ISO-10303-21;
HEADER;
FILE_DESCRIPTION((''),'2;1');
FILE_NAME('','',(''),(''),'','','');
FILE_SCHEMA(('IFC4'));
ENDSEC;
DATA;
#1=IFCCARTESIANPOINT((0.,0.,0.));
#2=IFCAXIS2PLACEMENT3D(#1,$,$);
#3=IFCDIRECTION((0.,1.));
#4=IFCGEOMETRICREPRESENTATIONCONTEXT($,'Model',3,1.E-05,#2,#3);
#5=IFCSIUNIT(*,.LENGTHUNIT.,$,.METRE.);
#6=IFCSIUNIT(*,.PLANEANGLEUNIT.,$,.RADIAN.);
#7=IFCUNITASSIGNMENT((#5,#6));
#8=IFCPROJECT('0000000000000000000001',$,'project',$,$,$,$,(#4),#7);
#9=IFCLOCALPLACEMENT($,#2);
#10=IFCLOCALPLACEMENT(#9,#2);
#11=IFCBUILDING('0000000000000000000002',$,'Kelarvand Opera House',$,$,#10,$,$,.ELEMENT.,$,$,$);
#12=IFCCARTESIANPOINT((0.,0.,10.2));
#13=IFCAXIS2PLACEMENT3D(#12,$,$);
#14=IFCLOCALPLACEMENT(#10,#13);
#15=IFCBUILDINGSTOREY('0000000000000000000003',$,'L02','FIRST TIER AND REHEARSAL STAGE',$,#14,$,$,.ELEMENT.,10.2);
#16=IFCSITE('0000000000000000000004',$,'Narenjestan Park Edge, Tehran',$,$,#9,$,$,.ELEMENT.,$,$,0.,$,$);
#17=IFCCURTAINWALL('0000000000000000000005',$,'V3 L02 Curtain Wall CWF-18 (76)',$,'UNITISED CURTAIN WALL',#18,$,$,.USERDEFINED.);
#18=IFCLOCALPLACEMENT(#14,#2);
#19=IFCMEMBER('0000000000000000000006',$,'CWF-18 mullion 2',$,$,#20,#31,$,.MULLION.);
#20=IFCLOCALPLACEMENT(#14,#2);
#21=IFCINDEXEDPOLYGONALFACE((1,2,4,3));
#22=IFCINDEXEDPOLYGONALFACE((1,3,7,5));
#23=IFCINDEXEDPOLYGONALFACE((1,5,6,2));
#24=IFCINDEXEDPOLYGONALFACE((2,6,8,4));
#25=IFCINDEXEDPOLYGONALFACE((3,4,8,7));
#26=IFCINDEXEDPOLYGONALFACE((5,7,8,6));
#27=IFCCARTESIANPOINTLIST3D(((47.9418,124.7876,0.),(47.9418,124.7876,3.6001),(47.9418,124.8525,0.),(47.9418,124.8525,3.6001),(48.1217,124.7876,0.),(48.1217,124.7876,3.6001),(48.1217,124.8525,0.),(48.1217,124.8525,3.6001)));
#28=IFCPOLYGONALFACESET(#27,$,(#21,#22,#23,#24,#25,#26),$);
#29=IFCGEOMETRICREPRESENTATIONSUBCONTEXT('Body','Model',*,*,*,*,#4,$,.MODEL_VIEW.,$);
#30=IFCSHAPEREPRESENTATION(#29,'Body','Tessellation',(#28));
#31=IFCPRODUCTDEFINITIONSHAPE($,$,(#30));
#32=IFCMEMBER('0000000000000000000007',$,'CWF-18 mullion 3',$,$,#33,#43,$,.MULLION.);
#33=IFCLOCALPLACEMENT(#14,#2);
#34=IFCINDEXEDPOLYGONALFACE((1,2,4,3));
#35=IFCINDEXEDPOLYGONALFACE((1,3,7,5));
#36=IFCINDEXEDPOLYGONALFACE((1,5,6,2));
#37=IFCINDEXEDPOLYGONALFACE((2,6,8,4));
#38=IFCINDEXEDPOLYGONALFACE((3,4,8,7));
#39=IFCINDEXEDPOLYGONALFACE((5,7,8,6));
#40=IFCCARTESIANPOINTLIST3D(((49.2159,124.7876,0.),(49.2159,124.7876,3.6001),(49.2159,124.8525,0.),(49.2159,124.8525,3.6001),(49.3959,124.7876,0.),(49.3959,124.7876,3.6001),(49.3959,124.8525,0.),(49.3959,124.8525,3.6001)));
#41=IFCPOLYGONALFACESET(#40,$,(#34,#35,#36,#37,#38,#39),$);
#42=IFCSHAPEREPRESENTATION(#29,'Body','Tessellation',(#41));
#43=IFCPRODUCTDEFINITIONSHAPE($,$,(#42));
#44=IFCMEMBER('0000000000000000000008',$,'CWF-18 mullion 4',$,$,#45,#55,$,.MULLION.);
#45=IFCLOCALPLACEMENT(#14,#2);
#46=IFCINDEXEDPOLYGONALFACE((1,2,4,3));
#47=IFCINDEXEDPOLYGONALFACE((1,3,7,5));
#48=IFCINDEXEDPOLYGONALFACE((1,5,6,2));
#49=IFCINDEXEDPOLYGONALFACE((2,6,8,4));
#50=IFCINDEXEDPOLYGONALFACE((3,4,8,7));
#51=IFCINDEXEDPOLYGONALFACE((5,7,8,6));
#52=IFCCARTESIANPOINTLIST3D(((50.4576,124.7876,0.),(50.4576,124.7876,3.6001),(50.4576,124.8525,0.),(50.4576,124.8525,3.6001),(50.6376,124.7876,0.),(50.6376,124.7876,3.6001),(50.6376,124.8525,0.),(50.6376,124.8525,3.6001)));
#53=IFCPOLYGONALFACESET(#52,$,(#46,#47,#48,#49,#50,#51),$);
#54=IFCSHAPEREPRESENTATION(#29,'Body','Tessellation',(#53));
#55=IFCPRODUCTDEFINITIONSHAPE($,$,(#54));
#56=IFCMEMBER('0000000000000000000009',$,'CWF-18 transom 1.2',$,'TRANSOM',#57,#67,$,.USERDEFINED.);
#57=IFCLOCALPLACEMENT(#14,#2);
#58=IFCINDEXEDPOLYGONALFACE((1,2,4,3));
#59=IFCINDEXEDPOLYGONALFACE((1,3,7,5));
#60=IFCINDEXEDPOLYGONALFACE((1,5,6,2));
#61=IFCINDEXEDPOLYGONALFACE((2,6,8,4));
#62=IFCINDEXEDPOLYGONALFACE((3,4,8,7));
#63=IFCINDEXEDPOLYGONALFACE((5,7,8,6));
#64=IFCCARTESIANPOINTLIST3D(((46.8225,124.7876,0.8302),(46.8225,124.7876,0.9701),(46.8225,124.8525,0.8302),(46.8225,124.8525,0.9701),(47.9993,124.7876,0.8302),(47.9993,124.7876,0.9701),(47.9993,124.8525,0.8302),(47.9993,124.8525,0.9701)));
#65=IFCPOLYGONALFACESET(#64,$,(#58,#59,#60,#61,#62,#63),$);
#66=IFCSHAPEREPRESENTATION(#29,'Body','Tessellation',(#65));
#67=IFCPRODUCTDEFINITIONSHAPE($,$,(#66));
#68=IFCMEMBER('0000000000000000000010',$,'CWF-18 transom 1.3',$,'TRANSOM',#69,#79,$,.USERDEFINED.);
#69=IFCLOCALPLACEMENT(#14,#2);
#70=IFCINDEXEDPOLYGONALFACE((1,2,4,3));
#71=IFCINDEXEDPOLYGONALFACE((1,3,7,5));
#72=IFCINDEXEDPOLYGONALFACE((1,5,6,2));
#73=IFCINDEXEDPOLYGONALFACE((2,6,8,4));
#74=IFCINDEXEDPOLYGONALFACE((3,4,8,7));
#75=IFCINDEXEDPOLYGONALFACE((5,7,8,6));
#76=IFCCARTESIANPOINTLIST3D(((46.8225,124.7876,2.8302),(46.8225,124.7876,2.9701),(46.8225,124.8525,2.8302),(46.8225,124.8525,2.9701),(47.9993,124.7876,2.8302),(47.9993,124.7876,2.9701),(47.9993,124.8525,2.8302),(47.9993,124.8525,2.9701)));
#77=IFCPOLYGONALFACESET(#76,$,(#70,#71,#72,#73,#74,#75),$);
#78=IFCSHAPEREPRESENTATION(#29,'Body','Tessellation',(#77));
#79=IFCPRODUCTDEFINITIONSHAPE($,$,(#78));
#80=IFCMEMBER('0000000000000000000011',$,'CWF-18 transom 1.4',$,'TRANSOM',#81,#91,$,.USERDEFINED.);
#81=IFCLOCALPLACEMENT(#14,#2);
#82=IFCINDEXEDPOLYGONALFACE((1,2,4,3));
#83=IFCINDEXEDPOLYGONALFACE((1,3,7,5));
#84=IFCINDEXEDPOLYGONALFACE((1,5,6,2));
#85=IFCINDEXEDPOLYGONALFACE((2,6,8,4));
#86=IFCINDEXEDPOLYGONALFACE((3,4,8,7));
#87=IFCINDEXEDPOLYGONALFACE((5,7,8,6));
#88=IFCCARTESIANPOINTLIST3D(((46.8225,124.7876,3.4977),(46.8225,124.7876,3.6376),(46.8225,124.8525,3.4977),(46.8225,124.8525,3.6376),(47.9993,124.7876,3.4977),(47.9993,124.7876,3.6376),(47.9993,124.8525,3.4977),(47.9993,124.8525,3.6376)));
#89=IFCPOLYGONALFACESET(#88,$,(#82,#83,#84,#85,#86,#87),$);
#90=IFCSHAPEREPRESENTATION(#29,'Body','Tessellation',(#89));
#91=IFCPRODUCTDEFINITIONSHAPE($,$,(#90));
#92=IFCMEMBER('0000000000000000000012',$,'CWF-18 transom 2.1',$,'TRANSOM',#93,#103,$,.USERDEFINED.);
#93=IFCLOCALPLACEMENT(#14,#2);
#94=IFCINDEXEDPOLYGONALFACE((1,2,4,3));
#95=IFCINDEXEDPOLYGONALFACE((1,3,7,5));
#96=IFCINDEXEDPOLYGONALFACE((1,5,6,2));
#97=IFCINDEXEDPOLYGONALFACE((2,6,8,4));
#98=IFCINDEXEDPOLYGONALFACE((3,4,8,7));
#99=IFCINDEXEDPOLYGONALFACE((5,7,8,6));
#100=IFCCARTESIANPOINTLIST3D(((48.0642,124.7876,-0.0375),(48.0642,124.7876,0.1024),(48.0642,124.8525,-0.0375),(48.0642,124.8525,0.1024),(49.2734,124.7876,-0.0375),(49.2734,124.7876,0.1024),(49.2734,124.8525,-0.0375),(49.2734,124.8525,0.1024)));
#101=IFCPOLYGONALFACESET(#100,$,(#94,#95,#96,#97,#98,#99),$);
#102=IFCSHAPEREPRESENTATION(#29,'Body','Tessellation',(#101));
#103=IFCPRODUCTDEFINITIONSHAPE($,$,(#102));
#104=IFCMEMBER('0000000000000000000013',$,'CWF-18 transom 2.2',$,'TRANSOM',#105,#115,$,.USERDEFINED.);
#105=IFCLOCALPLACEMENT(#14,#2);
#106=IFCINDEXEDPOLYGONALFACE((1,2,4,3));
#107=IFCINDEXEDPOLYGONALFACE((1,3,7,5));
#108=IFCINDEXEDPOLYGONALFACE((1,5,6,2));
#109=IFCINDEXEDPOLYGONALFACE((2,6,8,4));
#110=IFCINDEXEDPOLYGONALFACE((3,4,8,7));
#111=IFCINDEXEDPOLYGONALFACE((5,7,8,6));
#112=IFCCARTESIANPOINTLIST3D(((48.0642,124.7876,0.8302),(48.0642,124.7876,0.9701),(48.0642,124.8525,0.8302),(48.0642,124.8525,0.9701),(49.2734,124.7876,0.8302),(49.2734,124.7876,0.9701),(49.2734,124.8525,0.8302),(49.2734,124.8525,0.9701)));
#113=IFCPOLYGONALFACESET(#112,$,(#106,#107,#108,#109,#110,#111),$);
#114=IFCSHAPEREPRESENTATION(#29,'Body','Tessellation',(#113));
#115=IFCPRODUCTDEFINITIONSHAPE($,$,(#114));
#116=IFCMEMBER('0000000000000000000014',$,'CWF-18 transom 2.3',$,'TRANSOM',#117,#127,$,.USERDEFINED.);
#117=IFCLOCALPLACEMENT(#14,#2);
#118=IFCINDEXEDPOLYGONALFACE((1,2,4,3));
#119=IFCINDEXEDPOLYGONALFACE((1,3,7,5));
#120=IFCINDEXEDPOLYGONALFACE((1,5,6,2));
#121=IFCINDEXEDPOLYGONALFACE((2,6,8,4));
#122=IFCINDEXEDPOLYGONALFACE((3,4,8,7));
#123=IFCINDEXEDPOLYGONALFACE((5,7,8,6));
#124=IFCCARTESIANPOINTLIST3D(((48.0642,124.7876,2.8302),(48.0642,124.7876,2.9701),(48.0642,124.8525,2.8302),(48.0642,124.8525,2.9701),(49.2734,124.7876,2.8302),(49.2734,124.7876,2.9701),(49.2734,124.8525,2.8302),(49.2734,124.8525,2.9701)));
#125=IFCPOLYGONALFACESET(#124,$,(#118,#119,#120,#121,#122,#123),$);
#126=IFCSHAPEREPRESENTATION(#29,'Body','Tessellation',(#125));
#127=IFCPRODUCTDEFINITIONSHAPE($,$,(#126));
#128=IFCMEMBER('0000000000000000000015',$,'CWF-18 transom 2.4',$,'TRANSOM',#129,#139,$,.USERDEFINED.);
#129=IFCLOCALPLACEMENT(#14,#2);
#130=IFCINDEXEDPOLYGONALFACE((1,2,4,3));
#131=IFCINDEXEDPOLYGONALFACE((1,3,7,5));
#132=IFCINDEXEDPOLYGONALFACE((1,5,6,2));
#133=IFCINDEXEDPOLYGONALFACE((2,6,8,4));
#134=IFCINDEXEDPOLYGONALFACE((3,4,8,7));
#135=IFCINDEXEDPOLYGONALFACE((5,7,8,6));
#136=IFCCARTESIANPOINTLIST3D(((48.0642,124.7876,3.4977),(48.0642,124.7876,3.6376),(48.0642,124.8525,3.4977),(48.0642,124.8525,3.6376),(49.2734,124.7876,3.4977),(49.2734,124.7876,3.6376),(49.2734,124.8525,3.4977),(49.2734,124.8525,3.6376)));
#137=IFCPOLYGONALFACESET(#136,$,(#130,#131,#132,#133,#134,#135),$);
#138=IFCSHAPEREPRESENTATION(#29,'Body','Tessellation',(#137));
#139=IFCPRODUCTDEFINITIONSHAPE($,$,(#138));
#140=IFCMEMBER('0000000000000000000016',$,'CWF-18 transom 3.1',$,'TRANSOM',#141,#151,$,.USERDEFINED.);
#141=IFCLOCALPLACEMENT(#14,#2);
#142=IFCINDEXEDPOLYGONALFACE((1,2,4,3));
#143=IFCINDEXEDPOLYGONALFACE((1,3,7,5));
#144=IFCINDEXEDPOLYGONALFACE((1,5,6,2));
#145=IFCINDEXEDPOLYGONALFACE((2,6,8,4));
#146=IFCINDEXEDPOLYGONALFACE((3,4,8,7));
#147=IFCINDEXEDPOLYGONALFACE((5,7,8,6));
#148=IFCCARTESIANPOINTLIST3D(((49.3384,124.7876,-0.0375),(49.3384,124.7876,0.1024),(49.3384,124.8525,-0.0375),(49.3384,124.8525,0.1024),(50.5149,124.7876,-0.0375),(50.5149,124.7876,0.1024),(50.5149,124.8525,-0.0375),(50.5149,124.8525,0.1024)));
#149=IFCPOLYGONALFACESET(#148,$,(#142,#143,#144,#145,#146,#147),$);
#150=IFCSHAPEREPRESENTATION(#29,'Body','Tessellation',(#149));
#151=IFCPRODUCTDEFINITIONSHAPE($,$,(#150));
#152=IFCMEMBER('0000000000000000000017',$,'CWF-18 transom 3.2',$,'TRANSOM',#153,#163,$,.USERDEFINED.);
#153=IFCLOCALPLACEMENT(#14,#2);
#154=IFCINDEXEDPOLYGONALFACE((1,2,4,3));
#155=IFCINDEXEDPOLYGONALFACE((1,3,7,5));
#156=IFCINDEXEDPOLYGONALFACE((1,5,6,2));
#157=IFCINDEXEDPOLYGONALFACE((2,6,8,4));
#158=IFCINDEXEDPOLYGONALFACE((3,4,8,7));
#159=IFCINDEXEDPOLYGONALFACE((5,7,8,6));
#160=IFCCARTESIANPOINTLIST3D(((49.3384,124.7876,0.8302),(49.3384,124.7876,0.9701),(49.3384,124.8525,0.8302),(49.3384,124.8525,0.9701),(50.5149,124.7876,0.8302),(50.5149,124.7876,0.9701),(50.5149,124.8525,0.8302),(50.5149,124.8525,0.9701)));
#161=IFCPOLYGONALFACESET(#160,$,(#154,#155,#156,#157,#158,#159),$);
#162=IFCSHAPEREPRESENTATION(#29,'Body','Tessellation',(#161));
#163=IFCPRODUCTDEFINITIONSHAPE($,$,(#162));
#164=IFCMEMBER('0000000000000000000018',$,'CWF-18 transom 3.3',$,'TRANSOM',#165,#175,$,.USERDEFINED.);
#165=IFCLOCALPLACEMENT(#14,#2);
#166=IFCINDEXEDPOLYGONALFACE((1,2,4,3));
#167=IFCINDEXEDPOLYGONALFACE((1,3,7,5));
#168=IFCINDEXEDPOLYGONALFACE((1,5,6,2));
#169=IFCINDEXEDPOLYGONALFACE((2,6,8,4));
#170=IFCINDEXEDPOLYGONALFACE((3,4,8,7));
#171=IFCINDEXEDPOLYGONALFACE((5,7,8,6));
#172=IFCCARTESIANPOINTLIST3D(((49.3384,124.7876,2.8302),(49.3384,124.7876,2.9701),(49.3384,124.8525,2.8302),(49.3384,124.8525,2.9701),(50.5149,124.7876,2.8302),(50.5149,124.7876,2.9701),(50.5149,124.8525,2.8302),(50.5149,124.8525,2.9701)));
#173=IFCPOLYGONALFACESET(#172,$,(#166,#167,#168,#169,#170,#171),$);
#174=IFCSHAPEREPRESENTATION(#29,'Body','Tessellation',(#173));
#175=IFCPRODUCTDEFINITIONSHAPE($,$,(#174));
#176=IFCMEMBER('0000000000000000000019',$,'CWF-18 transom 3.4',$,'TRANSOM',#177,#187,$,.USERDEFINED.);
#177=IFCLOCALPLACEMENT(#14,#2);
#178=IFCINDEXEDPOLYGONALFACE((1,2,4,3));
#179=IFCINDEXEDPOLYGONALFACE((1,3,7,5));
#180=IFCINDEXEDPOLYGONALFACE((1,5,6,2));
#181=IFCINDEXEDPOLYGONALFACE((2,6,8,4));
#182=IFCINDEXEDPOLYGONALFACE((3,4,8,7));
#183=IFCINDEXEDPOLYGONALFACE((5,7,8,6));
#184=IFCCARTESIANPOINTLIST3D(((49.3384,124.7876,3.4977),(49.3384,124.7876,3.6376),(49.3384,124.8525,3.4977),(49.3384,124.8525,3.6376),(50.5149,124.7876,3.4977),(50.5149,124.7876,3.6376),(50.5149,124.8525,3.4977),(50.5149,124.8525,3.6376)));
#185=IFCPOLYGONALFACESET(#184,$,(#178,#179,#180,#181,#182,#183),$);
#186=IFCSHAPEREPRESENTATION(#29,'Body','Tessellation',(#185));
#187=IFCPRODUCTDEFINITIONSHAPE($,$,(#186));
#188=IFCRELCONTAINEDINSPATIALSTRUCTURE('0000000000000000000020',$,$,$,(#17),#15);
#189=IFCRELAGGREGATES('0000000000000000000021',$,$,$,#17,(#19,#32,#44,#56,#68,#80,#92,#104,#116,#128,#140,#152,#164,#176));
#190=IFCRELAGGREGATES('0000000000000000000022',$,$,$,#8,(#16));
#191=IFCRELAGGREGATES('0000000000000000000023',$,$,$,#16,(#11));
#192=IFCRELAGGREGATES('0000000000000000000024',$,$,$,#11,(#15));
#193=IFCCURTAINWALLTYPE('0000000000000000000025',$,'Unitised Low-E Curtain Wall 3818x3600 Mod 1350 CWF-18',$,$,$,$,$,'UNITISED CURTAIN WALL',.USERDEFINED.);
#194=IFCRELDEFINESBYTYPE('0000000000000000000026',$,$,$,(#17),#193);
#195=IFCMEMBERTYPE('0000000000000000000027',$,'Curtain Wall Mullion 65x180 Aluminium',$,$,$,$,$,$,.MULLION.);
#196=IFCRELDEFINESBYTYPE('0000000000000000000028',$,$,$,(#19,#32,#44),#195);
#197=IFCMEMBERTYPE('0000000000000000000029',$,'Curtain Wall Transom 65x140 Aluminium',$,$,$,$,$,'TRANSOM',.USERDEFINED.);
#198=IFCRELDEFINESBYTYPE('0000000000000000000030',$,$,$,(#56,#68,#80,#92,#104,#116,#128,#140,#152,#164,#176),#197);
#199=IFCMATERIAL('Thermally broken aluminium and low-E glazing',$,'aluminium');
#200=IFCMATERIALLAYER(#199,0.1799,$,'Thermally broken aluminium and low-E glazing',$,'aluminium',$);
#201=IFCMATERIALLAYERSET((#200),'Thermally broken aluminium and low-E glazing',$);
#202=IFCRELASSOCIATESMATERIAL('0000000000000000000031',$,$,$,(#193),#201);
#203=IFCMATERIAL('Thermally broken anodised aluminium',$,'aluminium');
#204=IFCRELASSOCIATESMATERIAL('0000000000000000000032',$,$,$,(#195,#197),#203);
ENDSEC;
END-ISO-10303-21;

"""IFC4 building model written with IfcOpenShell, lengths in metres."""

from ifc_helpers import new_model, si_unit, direction, frame, origin, origin_2d, place, context, subcontext, project, spatial, rectangle, extrude, material, layer, layer_set, material_profile, profile_set, type_object, element, aggregate, save


model = new_model("IFC4")

# Units and contexts
model_context = context("Model", 3, precision=1e-05, world=origin(), true_north=direction((0.0, 1.0)))
body_context = subcontext(model_context, "Body", "Model", "MODEL_VIEW")
ifc_project = project(units=[si_unit("LENGTHUNIT", "METRE"), si_unit("PLANEANGLEUNIT", "RADIAN")], contexts=[model_context])

# Site, building, storey
site_placement = place(None, origin())
site = spatial("IfcSite", under=ifc_project, at=site_placement, Name="Narenjestan Park Edge, Tehran", CompositionType="ELEMENT", RefElevation=0.0)
building_placement = place(site_placement, origin())
building = spatial("IfcBuilding", under=site, at=building_placement, Name="Kelarvand Opera House", CompositionType="ELEMENT")
storey_placement = place(building_placement, frame((0.0, 0.0, 10.2)))
storey = spatial("IfcBuildingStorey", under=building, at=storey_placement, Name="L02", Description="FIRST TIER AND REHEARSAL STAGE", CompositionType="ELEMENT", Elevation=10.2)

# Curtain wall, members
ifc_material_1 = material(Name="Thermally broken aluminium and low-E glazing", Category="aluminium")
ifc_layer_1 = layer(ifc_material_1, 0.1799, Name="Thermally broken aluminium and low-E glazing", Category="aluminium")
ifc_layer_set_1 = layer_set([ifc_layer_1], Name="Thermally broken aluminium and low-E glazing")
curtain_wall_type = type_object("IfcCurtainWallType", Name="Unitised Low-E Curtain Wall 3818x3600 Mod 1350 CWF-18", ElementType="UNITISED CURTAIN WALL", PredefinedType="USERDEFINED", material=ifc_layer_set_1)
curtain_wall_placement = place(storey_placement, origin())
curtain_wall = element("IfcCurtainWall", 1, at=curtain_wall_placement, inside=storey, type_object=curtain_wall_type, Name="V3 L02 Curtain Wall CWF-18 (76)", ObjectType="UNITISED CURTAIN WALL", PredefinedType="USERDEFINED")
ifc_material_2 = material(Name="Thermally broken anodised aluminium", Category="aluminium")
ifc_material_profile_1 = material_profile(ifc_material_2, rectangle(XDim=0.0649, YDim=0.1799, at=origin_2d()), Name="ALU MULLION 65x180", Category="aluminium")
ifc_profile_set_1 = profile_set([ifc_material_profile_1], Name="Thermally broken anodised aluminium")
member_type_1 = type_object("IfcMemberType", Name="Curtain Wall Mullion 65x180 Aluminium", PredefinedType="MULLION", material=ifc_profile_set_1)
member_1_placement = place(storey_placement, frame((48.0317, 124.8201, 0.0), z_axis=(0.0, 0.0, 1.0), x_axis=(0.0, 1.0, 0.0)))
member_1 = element("IfcMember", 2, at=member_1_placement, type_object=member_type_1, Name="CWF-18 mullion 2", PredefinedType="MULLION", context=body_context, shape_type="SweptSolid", body=[
    extrude(rectangle(XDim=0.0649, YDim=0.1799, at=origin_2d()), origin(), (0.0, 0.0, 1.0), 3.6001),
])
member_2_placement = place(storey_placement, frame((49.3059, 124.8201, 0.0), z_axis=(0.0, 0.0, 1.0), x_axis=(0.0, 1.0, 0.0)))
member_2 = element("IfcMember", 3, at=member_2_placement, type_object=member_type_1, Name="CWF-18 mullion 3", PredefinedType="MULLION", context=body_context, shape_type="SweptSolid", body=[
    extrude(rectangle(XDim=0.0649, YDim=0.1799, at=origin_2d()), origin(), (0.0, 0.0, 1.0), 3.6001),
])
member_3_placement = place(storey_placement, frame((50.5476, 124.8201, 0.0), z_axis=(0.0, 0.0, 1.0), x_axis=(0.0, 1.0, 0.0)))
member_3 = element("IfcMember", 4, at=member_3_placement, type_object=member_type_1, Name="CWF-18 mullion 4", PredefinedType="MULLION", context=body_context, shape_type="SweptSolid", body=[
    extrude(rectangle(XDim=0.0649, YDim=0.1799, at=origin_2d()), origin(), (0.0, 0.0, 1.0), 3.6001),
])
ifc_material_profile_2 = material_profile(ifc_material_2, rectangle(XDim=0.0649, YDim=0.1399, at=origin_2d()), Name="ALU TRANSOM 65x140", Category="aluminium")
ifc_profile_set_2 = profile_set([ifc_material_profile_2], Name="Thermally broken anodised aluminium")
member_type_2 = type_object("IfcMemberType", Name="Curtain Wall Transom 65x140 Aluminium", ElementType="TRANSOM", PredefinedType="USERDEFINED", material=ifc_profile_set_2)
member_4_placement = place(storey_placement, frame((46.8225, 124.8201, 0.9001), z_axis=(1.0, 0.0, 0.0), x_axis=(0.0, 1.0, 0.0)))
member_4 = element("IfcMember", 5, at=member_4_placement, type_object=member_type_2, Name="CWF-18 transom 1.2", ObjectType="TRANSOM", PredefinedType="USERDEFINED", context=body_context, shape_type="SweptSolid", body=[
    extrude(rectangle(XDim=0.0649, YDim=0.1399, at=origin_2d()), origin(), (0.0, 0.0, 1.0), 1.1768),
])
member_5_placement = place(storey_placement, frame((46.8225, 124.8201, 2.9001), z_axis=(1.0, 0.0, 0.0), x_axis=(0.0, 1.0, 0.0)))
member_5 = element("IfcMember", 6, at=member_5_placement, type_object=member_type_2, Name="CWF-18 transom 1.3", ObjectType="TRANSOM", PredefinedType="USERDEFINED", context=body_context, shape_type="SweptSolid", body=[
    extrude(rectangle(XDim=0.0649, YDim=0.1399, at=origin_2d()), origin(), (0.0, 0.0, 1.0), 1.1768),
])
member_6_placement = place(storey_placement, frame((46.8225, 124.8201, 3.5676), z_axis=(1.0, 0.0, 0.0), x_axis=(0.0, 1.0, 0.0)))
member_6 = element("IfcMember", 7, at=member_6_placement, type_object=member_type_2, Name="CWF-18 transom 1.4", ObjectType="TRANSOM", PredefinedType="USERDEFINED", context=body_context, shape_type="SweptSolid", body=[
    extrude(rectangle(XDim=0.0649, YDim=0.1399, at=origin_2d()), origin(), (0.0, 0.0, 1.0), 1.1768),
])
member_7_placement = place(storey_placement, frame((48.0642, 124.8201, 0.0325), z_axis=(1.0, 0.0, 0.0), x_axis=(0.0, 1.0, 0.0)))
member_7 = element("IfcMember", 8, at=member_7_placement, type_object=member_type_2, Name="CWF-18 transom 2.1", ObjectType="TRANSOM", PredefinedType="USERDEFINED", context=body_context, shape_type="SweptSolid", body=[
    extrude(rectangle(XDim=0.0649, YDim=0.1399, at=origin_2d()), origin(), (0.0, 0.0, 1.0), 1.2092),
])
member_8_placement = place(storey_placement, frame((48.0642, 124.8201, 0.9001), z_axis=(1.0, 0.0, 0.0), x_axis=(0.0, 1.0, 0.0)))
member_8 = element("IfcMember", 9, at=member_8_placement, type_object=member_type_2, Name="CWF-18 transom 2.2", ObjectType="TRANSOM", PredefinedType="USERDEFINED", context=body_context, shape_type="SweptSolid", body=[
    extrude(rectangle(XDim=0.0649, YDim=0.1399, at=origin_2d()), origin(), (0.0, 0.0, 1.0), 1.2092),
])
member_9_placement = place(storey_placement, frame((48.0642, 124.8201, 2.9001), z_axis=(1.0, 0.0, 0.0), x_axis=(0.0, 1.0, 0.0)))
member_9 = element("IfcMember", 10, at=member_9_placement, type_object=member_type_2, Name="CWF-18 transom 2.3", ObjectType="TRANSOM", PredefinedType="USERDEFINED", context=body_context, shape_type="SweptSolid", body=[
    extrude(rectangle(XDim=0.0649, YDim=0.1399, at=origin_2d()), origin(), (0.0, 0.0, 1.0), 1.2092),
])
member_10_placement = place(storey_placement, frame((48.0642, 124.8201, 3.5676), z_axis=(1.0, 0.0, 0.0), x_axis=(0.0, 1.0, 0.0)))
member_10 = element("IfcMember", 11, at=member_10_placement, type_object=member_type_2, Name="CWF-18 transom 2.4", ObjectType="TRANSOM", PredefinedType="USERDEFINED", context=body_context, shape_type="SweptSolid", body=[
    extrude(rectangle(XDim=0.0649, YDim=0.1399, at=origin_2d()), origin(), (0.0, 0.0, 1.0), 1.2092),
])
member_11_placement = place(storey_placement, frame((49.3384, 124.8201, 0.0325), z_axis=(1.0, 0.0, 0.0), x_axis=(0.0, 1.0, 0.0)))
member_11 = element("IfcMember", 12, at=member_11_placement, type_object=member_type_2, Name="CWF-18 transom 3.1", ObjectType="TRANSOM", PredefinedType="USERDEFINED", context=body_context, shape_type="SweptSolid", body=[
    extrude(rectangle(XDim=0.0649, YDim=0.1399, at=origin_2d()), origin(), (0.0, 0.0, 1.0), 1.1765),
])
member_12_placement = place(storey_placement, frame((49.3384, 124.8201, 0.9001), z_axis=(1.0, 0.0, 0.0), x_axis=(0.0, 1.0, 0.0)))
member_12 = element("IfcMember", 13, at=member_12_placement, type_object=member_type_2, Name="CWF-18 transom 3.2", ObjectType="TRANSOM", PredefinedType="USERDEFINED", context=body_context, shape_type="SweptSolid", body=[
    extrude(rectangle(XDim=0.0649, YDim=0.1399, at=origin_2d()), origin(), (0.0, 0.0, 1.0), 1.1765),
])
member_13_placement = place(storey_placement, frame((49.3384, 124.8201, 2.9001), z_axis=(1.0, 0.0, 0.0), x_axis=(0.0, 1.0, 0.0)))
member_13 = element("IfcMember", 14, at=member_13_placement, type_object=member_type_2, Name="CWF-18 transom 3.3", ObjectType="TRANSOM", PredefinedType="USERDEFINED", context=body_context, shape_type="SweptSolid", body=[
    extrude(rectangle(XDim=0.0649, YDim=0.1399, at=origin_2d()), origin(), (0.0, 0.0, 1.0), 1.1765),
])
member_14_placement = place(storey_placement, frame((49.3384, 124.8201, 3.5676), z_axis=(1.0, 0.0, 0.0), x_axis=(0.0, 1.0, 0.0)))
member_14 = element("IfcMember", 15, at=member_14_placement, type_object=member_type_2, Name="CWF-18 transom 3.4", ObjectType="TRANSOM", PredefinedType="USERDEFINED", context=body_context, shape_type="SweptSolid", body=[
    extrude(rectangle(XDim=0.0649, YDim=0.1399, at=origin_2d()), origin(), (0.0, 0.0, 1.0), 1.1765),
])
aggregate(curtain_wall, [member_1, member_2, member_3, member_4, member_5, member_6, member_7, member_8, member_9, member_10, member_11, member_12, member_13, member_14])

save(model, "model.ifc")
